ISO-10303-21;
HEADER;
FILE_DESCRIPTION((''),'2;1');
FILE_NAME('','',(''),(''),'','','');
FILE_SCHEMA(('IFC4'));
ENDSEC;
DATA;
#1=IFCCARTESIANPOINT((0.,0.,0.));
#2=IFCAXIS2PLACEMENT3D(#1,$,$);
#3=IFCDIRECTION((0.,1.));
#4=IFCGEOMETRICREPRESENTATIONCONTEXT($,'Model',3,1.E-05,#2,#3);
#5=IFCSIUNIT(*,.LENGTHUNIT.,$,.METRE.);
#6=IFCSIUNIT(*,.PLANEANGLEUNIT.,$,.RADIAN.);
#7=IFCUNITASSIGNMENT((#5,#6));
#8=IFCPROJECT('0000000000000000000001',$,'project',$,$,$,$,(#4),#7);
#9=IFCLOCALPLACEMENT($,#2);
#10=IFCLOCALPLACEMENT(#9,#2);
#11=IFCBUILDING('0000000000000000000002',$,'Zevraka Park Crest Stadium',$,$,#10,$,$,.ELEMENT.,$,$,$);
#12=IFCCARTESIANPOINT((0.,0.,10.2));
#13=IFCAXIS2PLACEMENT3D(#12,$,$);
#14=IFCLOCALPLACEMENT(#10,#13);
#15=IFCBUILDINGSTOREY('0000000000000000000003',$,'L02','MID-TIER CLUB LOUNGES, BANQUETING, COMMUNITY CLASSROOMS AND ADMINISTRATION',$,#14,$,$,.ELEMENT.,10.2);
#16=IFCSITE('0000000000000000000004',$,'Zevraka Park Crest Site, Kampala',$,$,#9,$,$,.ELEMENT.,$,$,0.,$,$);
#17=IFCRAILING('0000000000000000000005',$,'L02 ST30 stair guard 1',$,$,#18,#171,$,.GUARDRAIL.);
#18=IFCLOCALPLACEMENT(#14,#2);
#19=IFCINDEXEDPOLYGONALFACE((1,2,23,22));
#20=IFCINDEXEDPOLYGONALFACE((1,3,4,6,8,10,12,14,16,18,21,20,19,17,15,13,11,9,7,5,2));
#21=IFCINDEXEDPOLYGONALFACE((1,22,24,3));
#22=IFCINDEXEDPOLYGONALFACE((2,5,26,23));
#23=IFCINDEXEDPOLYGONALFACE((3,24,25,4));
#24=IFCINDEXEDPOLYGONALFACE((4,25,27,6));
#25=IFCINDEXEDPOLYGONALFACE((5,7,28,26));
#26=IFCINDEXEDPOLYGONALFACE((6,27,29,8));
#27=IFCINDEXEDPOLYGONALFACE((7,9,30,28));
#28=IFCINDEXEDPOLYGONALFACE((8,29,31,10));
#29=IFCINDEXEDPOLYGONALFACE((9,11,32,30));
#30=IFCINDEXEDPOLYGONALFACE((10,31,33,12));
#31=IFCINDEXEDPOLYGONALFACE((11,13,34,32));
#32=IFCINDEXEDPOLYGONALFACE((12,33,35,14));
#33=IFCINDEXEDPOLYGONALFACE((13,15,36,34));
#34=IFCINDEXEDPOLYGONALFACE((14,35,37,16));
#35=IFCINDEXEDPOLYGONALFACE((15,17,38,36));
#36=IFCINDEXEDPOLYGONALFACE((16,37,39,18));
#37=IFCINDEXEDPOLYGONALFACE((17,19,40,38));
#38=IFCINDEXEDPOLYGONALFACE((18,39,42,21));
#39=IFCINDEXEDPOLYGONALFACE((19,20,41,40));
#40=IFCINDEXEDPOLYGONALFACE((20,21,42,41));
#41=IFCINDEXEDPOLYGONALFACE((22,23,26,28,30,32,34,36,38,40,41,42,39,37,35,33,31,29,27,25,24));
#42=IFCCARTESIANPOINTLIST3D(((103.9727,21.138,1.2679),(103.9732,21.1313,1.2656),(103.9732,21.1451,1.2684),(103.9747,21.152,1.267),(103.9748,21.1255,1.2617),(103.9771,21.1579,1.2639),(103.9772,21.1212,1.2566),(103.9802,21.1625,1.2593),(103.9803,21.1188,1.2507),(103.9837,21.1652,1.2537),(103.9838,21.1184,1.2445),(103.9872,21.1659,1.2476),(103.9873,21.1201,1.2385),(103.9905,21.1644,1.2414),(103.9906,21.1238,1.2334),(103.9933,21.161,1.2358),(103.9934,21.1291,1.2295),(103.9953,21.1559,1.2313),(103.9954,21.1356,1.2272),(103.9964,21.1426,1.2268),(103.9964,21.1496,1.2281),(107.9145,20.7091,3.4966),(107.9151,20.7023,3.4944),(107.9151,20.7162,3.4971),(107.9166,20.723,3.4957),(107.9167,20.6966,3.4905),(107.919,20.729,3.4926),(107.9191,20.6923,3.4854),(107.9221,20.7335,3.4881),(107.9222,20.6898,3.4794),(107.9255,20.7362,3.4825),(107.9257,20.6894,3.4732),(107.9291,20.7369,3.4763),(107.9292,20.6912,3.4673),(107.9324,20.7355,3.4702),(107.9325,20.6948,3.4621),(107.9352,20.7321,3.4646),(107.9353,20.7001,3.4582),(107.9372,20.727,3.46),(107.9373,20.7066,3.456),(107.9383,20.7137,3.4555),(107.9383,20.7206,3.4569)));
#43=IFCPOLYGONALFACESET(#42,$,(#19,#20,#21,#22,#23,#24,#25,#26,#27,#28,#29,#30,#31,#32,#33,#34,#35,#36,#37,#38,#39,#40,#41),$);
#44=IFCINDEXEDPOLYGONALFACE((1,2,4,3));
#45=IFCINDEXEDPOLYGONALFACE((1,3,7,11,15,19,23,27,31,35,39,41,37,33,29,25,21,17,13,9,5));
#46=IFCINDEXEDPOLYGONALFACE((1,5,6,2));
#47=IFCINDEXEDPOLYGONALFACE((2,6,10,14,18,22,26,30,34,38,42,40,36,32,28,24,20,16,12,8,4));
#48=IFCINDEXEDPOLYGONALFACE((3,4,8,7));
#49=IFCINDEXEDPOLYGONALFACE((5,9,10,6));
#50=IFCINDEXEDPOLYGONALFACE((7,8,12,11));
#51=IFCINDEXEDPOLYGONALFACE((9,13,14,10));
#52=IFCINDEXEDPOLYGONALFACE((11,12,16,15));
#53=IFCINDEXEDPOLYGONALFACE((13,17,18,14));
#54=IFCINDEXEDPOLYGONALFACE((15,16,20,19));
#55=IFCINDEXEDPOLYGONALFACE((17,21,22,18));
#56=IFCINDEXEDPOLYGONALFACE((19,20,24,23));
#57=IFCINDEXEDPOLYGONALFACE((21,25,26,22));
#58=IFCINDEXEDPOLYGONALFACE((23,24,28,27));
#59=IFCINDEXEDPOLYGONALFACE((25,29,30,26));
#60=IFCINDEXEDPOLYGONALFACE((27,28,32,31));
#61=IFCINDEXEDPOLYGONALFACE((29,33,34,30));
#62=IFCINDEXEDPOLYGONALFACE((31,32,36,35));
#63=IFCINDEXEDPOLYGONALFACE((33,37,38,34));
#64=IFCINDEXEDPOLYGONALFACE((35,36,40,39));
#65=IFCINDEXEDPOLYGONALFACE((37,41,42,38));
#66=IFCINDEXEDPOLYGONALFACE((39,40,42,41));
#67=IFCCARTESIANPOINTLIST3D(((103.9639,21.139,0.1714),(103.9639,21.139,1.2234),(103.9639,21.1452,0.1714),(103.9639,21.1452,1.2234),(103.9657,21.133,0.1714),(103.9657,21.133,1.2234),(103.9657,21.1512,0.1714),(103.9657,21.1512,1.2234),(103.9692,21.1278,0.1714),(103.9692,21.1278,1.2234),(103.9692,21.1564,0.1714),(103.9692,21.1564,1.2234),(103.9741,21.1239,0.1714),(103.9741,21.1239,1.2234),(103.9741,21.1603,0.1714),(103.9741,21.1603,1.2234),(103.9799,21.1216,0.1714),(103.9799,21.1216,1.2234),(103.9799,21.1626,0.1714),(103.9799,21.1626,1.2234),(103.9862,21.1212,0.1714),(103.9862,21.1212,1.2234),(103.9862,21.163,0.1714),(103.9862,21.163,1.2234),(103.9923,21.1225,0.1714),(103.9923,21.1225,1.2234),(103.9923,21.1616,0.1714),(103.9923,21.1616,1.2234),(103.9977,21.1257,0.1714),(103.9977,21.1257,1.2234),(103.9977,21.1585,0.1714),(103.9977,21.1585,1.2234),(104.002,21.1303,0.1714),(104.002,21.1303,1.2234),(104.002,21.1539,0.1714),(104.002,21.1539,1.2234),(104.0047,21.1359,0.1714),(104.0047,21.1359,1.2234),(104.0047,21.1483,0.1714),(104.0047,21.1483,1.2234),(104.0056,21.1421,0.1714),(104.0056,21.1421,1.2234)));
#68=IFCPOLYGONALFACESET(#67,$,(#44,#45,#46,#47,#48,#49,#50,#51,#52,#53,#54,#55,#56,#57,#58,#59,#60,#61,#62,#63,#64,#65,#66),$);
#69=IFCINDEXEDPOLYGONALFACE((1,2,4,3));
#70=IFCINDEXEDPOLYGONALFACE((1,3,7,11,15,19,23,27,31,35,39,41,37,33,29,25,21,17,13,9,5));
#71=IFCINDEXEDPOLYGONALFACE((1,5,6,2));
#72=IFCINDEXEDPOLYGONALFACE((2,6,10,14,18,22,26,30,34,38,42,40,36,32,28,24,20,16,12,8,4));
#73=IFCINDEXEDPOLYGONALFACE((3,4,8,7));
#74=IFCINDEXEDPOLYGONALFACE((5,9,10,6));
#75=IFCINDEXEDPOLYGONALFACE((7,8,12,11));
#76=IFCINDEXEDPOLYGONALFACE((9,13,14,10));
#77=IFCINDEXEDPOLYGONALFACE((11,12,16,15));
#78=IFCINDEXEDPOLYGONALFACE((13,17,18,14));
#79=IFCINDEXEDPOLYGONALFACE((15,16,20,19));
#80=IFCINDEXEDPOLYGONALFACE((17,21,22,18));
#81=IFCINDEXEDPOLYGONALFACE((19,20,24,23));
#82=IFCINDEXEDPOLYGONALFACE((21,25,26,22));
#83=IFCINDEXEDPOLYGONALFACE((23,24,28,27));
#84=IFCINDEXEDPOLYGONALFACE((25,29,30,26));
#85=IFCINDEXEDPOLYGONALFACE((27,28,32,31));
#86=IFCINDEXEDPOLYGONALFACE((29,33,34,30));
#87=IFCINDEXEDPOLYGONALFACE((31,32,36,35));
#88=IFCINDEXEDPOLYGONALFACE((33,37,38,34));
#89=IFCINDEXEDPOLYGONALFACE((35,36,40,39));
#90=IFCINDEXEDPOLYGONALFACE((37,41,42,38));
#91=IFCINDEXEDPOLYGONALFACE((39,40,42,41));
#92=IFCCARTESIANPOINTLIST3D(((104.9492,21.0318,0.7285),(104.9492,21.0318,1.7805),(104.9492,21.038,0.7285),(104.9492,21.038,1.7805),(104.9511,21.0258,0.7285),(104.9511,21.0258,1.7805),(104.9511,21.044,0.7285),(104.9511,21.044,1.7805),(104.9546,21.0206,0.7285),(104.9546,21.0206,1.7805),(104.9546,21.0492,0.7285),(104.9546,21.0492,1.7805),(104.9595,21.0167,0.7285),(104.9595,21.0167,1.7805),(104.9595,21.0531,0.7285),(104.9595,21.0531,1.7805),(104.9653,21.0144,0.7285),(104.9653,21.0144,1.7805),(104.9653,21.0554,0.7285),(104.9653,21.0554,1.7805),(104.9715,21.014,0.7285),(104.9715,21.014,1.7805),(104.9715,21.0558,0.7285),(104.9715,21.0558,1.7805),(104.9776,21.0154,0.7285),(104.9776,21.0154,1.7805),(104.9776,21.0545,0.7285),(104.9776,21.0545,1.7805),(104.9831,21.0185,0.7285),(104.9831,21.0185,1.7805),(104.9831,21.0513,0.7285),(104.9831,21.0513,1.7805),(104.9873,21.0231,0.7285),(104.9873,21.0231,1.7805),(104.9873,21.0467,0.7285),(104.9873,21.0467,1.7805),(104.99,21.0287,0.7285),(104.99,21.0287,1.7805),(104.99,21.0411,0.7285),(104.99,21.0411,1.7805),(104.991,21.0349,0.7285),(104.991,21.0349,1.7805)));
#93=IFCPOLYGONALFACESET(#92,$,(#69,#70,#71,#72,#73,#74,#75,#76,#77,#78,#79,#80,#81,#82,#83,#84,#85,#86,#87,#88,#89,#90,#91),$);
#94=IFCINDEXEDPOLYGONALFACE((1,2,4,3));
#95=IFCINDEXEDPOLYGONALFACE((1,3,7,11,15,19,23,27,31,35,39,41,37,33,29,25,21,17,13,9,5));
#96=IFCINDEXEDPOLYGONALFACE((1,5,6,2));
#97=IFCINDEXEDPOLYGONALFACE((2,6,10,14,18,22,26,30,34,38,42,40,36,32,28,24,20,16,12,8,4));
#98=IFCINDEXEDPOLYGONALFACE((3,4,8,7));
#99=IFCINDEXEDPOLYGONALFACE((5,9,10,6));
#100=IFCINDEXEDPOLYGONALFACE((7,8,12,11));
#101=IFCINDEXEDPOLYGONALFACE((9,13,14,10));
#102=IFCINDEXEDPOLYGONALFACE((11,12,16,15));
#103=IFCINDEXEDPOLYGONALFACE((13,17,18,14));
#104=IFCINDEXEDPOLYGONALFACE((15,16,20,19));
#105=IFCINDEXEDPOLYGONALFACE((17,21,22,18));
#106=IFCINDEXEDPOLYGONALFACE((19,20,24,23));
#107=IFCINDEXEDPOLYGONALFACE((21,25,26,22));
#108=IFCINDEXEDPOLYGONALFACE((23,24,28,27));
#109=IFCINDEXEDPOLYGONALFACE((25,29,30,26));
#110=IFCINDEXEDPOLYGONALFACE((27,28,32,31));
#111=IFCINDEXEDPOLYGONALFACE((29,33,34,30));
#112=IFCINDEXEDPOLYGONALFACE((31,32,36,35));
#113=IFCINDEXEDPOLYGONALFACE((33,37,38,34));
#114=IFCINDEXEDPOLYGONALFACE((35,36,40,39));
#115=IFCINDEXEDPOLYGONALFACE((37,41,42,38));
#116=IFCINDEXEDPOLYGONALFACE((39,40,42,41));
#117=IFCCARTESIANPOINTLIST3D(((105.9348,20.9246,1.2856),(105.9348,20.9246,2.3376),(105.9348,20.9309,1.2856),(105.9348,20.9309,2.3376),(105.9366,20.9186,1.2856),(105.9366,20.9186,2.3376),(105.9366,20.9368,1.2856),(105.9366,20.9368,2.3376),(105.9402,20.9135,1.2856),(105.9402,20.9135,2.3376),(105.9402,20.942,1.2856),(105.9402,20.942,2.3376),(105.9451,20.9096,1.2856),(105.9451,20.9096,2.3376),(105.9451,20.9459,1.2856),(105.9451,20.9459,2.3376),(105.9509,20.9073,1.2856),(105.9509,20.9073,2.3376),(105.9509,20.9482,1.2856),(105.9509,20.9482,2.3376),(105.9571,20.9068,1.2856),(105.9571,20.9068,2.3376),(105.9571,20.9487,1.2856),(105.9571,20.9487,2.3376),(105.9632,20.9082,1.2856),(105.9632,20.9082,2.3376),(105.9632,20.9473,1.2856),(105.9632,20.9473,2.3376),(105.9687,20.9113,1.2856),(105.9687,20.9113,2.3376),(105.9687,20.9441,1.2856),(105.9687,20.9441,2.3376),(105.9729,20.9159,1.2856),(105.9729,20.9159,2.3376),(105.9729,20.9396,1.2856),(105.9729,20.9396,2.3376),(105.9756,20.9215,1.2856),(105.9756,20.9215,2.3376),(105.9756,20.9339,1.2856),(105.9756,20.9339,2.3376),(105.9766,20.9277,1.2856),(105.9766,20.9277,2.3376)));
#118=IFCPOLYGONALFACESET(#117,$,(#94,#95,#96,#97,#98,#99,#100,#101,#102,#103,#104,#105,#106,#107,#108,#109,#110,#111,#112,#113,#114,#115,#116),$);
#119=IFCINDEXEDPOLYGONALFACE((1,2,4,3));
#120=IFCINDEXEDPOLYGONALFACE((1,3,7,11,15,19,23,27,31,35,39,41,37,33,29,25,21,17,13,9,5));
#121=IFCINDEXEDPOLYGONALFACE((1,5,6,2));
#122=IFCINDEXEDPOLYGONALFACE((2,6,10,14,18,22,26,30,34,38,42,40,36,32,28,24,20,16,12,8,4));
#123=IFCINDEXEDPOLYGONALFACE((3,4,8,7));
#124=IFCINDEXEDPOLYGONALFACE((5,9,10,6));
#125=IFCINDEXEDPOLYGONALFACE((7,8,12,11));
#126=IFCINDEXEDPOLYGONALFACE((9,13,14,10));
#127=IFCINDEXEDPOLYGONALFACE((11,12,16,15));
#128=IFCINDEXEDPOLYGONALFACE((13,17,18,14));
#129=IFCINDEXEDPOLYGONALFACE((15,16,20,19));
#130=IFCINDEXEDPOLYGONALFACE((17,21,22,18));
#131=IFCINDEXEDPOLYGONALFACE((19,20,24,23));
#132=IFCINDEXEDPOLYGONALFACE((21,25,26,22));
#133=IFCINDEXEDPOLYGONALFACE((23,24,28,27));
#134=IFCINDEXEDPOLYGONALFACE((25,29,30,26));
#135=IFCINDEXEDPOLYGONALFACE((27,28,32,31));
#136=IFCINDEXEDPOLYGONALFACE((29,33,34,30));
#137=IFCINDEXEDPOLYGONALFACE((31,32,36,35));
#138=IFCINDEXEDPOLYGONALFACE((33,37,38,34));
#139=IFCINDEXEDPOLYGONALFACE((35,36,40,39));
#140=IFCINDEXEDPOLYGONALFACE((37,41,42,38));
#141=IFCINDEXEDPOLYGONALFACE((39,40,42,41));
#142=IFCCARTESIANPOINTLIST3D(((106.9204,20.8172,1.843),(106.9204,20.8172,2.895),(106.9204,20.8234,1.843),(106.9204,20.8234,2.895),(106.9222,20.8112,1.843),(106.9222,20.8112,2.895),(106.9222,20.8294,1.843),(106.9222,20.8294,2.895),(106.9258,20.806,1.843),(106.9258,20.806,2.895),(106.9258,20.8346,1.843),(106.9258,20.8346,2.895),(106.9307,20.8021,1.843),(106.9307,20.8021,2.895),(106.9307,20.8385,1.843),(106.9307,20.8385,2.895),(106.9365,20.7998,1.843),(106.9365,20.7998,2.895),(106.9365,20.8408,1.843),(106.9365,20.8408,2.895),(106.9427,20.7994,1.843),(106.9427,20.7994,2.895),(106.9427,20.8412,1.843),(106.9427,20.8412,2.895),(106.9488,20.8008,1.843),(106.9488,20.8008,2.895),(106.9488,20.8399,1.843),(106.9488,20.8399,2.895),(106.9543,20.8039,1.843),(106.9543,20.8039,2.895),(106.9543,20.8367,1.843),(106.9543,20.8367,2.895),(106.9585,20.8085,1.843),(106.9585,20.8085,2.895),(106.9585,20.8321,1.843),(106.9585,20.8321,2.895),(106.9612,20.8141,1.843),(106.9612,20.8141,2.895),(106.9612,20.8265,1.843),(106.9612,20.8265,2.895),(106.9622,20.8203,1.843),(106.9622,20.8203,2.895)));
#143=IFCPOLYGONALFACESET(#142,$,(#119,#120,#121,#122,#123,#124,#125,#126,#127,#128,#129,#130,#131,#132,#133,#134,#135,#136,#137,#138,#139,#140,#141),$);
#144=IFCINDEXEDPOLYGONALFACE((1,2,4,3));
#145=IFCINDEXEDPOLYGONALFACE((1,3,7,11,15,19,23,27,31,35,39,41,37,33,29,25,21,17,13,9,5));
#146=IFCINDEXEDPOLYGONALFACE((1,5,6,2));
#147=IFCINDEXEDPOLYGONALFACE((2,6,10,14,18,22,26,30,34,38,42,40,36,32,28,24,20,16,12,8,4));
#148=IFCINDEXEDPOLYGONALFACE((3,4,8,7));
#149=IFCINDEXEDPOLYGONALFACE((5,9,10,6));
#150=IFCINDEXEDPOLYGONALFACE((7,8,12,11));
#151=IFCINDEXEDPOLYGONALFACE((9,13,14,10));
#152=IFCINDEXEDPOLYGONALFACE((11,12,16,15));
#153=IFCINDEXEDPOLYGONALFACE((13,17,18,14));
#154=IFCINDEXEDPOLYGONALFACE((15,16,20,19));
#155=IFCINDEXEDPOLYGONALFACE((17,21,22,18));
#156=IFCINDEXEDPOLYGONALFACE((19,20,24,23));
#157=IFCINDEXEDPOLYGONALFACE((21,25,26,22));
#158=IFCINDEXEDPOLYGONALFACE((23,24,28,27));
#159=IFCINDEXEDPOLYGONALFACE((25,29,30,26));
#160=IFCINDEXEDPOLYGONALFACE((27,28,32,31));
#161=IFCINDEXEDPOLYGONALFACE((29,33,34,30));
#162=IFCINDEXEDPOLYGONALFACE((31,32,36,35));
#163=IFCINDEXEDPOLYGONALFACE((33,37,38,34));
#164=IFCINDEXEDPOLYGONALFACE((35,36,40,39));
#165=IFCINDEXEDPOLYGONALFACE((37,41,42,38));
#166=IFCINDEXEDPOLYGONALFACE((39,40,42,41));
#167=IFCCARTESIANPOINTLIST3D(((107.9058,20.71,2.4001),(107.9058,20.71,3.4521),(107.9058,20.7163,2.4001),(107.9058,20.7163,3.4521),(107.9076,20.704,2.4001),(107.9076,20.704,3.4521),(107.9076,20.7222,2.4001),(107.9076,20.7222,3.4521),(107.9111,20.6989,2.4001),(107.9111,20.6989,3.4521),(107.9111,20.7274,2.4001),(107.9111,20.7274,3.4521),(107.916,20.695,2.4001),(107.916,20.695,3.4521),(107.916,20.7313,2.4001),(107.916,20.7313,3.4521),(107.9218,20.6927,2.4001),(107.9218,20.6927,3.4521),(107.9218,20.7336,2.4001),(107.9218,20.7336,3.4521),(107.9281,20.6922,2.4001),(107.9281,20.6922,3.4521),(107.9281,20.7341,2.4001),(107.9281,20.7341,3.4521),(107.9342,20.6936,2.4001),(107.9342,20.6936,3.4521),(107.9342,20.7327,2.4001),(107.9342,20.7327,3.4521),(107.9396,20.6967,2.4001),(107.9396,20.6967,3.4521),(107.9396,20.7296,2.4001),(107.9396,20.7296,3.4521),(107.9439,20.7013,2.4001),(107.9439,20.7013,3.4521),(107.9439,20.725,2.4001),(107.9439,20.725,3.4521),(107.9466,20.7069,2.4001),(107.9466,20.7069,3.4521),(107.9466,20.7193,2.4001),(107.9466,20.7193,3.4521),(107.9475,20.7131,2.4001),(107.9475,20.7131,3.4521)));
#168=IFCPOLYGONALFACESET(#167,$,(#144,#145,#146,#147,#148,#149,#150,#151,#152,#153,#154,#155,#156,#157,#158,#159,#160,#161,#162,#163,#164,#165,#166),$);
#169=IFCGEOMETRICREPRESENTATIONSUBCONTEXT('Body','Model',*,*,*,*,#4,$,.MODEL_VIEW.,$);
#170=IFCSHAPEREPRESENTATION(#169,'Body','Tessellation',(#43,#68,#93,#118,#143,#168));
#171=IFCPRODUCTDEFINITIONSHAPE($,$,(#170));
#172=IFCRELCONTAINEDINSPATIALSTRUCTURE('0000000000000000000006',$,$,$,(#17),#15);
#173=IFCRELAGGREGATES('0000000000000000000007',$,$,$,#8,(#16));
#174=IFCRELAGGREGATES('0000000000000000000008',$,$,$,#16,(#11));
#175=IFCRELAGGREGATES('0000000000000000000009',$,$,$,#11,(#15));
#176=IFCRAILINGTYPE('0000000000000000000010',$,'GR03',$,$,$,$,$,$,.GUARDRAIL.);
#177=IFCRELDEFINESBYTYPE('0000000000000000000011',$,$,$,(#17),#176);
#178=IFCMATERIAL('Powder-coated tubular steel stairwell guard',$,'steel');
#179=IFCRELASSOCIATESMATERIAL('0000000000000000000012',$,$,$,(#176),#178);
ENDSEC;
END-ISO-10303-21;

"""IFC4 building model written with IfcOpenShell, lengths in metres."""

from ifc_helpers import new_model, si_unit, direction, frame, origin, origin_2d, place, context, subcontext, project, spatial, circle, extrude, material, type_object, element, save


model = new_model("IFC4")

# Units and contexts
model_context = context("Model", 3, precision=1e-05, world=origin(), true_north=direction((0.0, 1.0)))
body_context = subcontext(model_context, "Body", "Model", "MODEL_VIEW")
ifc_project = project(units=[si_unit("LENGTHUNIT", "METRE"), si_unit("PLANEANGLEUNIT", "RADIAN")], contexts=[model_context])

# Site, building, storey
site_placement = place(None, origin())
site = spatial("IfcSite", under=ifc_project, at=site_placement, Name="Zevraka Park Crest Site, Kampala", CompositionType="ELEMENT", RefElevation=0.0)
building_placement = place(site_placement, origin())
building = spatial("IfcBuilding", under=site, at=building_placement, Name="Zevraka Park Crest Stadium", CompositionType="ELEMENT")
storey_placement = place(building_placement, frame((0.0, 0.0, 10.2)))
storey = spatial("IfcBuildingStorey", under=building, at=storey_placement, Name="L02", Description="MID-TIER CLUB LOUNGES, BANQUETING, COMMUNITY CLASSROOMS AND ADMINISTRATION", CompositionType="ELEMENT", Elevation=10.2)

# Railing
ifc_material_1 = material(Name="Powder-coated tubular steel stairwell guard", Category="steel")
railing_type_1 = type_object("IfcRailingType", Name="GR03", PredefinedType="GUARDRAIL", material=ifc_material_1)
railing_1_placement = place(storey_placement, frame((103.9846, 21.1421, 0.1714)))
element("IfcRailing", 1, at=railing_1_placement, inside=storey, type_object=railing_type_1, Name="L02 ST30 stair guard 1", PredefinedType="GUARDRAIL", context=body_context, shape_type="SweptSolid", body=[
    extrude(circle(Radius=0.0239, at=origin_2d()), frame((0.0, 0.0, 1.0762), z_axis=(0.866614, -0.094305, 0.489986), x_axis=(0.108181, 0.994131, 0.0)), (0.0, 0.0, 1.0), 4.5486),
    extrude(circle(Radius=0.021, at=origin_2d()), origin(), (0.0, 0.0, 1.0), 1.052),
    extrude(circle(Radius=0.021, at=origin_2d()), frame((0.9854, -0.1072, 0.5571)), (0.0, 0.0, 1.0), 1.052),
    extrude(circle(Radius=0.021, at=origin_2d()), frame((1.9709, -0.2144, 1.1143)), (0.0, 0.0, 1.0), 1.052),
    extrude(circle(Radius=0.021, at=origin_2d()), frame((2.9565, -0.3218, 1.6716)), (0.0, 0.0, 1.0), 1.052),
    extrude(circle(Radius=0.021, at=origin_2d()), frame((3.9419, -0.429, 2.2288)), (0.0, 0.0, 1.0), 1.052),
])

save(model, "model.ifc")
